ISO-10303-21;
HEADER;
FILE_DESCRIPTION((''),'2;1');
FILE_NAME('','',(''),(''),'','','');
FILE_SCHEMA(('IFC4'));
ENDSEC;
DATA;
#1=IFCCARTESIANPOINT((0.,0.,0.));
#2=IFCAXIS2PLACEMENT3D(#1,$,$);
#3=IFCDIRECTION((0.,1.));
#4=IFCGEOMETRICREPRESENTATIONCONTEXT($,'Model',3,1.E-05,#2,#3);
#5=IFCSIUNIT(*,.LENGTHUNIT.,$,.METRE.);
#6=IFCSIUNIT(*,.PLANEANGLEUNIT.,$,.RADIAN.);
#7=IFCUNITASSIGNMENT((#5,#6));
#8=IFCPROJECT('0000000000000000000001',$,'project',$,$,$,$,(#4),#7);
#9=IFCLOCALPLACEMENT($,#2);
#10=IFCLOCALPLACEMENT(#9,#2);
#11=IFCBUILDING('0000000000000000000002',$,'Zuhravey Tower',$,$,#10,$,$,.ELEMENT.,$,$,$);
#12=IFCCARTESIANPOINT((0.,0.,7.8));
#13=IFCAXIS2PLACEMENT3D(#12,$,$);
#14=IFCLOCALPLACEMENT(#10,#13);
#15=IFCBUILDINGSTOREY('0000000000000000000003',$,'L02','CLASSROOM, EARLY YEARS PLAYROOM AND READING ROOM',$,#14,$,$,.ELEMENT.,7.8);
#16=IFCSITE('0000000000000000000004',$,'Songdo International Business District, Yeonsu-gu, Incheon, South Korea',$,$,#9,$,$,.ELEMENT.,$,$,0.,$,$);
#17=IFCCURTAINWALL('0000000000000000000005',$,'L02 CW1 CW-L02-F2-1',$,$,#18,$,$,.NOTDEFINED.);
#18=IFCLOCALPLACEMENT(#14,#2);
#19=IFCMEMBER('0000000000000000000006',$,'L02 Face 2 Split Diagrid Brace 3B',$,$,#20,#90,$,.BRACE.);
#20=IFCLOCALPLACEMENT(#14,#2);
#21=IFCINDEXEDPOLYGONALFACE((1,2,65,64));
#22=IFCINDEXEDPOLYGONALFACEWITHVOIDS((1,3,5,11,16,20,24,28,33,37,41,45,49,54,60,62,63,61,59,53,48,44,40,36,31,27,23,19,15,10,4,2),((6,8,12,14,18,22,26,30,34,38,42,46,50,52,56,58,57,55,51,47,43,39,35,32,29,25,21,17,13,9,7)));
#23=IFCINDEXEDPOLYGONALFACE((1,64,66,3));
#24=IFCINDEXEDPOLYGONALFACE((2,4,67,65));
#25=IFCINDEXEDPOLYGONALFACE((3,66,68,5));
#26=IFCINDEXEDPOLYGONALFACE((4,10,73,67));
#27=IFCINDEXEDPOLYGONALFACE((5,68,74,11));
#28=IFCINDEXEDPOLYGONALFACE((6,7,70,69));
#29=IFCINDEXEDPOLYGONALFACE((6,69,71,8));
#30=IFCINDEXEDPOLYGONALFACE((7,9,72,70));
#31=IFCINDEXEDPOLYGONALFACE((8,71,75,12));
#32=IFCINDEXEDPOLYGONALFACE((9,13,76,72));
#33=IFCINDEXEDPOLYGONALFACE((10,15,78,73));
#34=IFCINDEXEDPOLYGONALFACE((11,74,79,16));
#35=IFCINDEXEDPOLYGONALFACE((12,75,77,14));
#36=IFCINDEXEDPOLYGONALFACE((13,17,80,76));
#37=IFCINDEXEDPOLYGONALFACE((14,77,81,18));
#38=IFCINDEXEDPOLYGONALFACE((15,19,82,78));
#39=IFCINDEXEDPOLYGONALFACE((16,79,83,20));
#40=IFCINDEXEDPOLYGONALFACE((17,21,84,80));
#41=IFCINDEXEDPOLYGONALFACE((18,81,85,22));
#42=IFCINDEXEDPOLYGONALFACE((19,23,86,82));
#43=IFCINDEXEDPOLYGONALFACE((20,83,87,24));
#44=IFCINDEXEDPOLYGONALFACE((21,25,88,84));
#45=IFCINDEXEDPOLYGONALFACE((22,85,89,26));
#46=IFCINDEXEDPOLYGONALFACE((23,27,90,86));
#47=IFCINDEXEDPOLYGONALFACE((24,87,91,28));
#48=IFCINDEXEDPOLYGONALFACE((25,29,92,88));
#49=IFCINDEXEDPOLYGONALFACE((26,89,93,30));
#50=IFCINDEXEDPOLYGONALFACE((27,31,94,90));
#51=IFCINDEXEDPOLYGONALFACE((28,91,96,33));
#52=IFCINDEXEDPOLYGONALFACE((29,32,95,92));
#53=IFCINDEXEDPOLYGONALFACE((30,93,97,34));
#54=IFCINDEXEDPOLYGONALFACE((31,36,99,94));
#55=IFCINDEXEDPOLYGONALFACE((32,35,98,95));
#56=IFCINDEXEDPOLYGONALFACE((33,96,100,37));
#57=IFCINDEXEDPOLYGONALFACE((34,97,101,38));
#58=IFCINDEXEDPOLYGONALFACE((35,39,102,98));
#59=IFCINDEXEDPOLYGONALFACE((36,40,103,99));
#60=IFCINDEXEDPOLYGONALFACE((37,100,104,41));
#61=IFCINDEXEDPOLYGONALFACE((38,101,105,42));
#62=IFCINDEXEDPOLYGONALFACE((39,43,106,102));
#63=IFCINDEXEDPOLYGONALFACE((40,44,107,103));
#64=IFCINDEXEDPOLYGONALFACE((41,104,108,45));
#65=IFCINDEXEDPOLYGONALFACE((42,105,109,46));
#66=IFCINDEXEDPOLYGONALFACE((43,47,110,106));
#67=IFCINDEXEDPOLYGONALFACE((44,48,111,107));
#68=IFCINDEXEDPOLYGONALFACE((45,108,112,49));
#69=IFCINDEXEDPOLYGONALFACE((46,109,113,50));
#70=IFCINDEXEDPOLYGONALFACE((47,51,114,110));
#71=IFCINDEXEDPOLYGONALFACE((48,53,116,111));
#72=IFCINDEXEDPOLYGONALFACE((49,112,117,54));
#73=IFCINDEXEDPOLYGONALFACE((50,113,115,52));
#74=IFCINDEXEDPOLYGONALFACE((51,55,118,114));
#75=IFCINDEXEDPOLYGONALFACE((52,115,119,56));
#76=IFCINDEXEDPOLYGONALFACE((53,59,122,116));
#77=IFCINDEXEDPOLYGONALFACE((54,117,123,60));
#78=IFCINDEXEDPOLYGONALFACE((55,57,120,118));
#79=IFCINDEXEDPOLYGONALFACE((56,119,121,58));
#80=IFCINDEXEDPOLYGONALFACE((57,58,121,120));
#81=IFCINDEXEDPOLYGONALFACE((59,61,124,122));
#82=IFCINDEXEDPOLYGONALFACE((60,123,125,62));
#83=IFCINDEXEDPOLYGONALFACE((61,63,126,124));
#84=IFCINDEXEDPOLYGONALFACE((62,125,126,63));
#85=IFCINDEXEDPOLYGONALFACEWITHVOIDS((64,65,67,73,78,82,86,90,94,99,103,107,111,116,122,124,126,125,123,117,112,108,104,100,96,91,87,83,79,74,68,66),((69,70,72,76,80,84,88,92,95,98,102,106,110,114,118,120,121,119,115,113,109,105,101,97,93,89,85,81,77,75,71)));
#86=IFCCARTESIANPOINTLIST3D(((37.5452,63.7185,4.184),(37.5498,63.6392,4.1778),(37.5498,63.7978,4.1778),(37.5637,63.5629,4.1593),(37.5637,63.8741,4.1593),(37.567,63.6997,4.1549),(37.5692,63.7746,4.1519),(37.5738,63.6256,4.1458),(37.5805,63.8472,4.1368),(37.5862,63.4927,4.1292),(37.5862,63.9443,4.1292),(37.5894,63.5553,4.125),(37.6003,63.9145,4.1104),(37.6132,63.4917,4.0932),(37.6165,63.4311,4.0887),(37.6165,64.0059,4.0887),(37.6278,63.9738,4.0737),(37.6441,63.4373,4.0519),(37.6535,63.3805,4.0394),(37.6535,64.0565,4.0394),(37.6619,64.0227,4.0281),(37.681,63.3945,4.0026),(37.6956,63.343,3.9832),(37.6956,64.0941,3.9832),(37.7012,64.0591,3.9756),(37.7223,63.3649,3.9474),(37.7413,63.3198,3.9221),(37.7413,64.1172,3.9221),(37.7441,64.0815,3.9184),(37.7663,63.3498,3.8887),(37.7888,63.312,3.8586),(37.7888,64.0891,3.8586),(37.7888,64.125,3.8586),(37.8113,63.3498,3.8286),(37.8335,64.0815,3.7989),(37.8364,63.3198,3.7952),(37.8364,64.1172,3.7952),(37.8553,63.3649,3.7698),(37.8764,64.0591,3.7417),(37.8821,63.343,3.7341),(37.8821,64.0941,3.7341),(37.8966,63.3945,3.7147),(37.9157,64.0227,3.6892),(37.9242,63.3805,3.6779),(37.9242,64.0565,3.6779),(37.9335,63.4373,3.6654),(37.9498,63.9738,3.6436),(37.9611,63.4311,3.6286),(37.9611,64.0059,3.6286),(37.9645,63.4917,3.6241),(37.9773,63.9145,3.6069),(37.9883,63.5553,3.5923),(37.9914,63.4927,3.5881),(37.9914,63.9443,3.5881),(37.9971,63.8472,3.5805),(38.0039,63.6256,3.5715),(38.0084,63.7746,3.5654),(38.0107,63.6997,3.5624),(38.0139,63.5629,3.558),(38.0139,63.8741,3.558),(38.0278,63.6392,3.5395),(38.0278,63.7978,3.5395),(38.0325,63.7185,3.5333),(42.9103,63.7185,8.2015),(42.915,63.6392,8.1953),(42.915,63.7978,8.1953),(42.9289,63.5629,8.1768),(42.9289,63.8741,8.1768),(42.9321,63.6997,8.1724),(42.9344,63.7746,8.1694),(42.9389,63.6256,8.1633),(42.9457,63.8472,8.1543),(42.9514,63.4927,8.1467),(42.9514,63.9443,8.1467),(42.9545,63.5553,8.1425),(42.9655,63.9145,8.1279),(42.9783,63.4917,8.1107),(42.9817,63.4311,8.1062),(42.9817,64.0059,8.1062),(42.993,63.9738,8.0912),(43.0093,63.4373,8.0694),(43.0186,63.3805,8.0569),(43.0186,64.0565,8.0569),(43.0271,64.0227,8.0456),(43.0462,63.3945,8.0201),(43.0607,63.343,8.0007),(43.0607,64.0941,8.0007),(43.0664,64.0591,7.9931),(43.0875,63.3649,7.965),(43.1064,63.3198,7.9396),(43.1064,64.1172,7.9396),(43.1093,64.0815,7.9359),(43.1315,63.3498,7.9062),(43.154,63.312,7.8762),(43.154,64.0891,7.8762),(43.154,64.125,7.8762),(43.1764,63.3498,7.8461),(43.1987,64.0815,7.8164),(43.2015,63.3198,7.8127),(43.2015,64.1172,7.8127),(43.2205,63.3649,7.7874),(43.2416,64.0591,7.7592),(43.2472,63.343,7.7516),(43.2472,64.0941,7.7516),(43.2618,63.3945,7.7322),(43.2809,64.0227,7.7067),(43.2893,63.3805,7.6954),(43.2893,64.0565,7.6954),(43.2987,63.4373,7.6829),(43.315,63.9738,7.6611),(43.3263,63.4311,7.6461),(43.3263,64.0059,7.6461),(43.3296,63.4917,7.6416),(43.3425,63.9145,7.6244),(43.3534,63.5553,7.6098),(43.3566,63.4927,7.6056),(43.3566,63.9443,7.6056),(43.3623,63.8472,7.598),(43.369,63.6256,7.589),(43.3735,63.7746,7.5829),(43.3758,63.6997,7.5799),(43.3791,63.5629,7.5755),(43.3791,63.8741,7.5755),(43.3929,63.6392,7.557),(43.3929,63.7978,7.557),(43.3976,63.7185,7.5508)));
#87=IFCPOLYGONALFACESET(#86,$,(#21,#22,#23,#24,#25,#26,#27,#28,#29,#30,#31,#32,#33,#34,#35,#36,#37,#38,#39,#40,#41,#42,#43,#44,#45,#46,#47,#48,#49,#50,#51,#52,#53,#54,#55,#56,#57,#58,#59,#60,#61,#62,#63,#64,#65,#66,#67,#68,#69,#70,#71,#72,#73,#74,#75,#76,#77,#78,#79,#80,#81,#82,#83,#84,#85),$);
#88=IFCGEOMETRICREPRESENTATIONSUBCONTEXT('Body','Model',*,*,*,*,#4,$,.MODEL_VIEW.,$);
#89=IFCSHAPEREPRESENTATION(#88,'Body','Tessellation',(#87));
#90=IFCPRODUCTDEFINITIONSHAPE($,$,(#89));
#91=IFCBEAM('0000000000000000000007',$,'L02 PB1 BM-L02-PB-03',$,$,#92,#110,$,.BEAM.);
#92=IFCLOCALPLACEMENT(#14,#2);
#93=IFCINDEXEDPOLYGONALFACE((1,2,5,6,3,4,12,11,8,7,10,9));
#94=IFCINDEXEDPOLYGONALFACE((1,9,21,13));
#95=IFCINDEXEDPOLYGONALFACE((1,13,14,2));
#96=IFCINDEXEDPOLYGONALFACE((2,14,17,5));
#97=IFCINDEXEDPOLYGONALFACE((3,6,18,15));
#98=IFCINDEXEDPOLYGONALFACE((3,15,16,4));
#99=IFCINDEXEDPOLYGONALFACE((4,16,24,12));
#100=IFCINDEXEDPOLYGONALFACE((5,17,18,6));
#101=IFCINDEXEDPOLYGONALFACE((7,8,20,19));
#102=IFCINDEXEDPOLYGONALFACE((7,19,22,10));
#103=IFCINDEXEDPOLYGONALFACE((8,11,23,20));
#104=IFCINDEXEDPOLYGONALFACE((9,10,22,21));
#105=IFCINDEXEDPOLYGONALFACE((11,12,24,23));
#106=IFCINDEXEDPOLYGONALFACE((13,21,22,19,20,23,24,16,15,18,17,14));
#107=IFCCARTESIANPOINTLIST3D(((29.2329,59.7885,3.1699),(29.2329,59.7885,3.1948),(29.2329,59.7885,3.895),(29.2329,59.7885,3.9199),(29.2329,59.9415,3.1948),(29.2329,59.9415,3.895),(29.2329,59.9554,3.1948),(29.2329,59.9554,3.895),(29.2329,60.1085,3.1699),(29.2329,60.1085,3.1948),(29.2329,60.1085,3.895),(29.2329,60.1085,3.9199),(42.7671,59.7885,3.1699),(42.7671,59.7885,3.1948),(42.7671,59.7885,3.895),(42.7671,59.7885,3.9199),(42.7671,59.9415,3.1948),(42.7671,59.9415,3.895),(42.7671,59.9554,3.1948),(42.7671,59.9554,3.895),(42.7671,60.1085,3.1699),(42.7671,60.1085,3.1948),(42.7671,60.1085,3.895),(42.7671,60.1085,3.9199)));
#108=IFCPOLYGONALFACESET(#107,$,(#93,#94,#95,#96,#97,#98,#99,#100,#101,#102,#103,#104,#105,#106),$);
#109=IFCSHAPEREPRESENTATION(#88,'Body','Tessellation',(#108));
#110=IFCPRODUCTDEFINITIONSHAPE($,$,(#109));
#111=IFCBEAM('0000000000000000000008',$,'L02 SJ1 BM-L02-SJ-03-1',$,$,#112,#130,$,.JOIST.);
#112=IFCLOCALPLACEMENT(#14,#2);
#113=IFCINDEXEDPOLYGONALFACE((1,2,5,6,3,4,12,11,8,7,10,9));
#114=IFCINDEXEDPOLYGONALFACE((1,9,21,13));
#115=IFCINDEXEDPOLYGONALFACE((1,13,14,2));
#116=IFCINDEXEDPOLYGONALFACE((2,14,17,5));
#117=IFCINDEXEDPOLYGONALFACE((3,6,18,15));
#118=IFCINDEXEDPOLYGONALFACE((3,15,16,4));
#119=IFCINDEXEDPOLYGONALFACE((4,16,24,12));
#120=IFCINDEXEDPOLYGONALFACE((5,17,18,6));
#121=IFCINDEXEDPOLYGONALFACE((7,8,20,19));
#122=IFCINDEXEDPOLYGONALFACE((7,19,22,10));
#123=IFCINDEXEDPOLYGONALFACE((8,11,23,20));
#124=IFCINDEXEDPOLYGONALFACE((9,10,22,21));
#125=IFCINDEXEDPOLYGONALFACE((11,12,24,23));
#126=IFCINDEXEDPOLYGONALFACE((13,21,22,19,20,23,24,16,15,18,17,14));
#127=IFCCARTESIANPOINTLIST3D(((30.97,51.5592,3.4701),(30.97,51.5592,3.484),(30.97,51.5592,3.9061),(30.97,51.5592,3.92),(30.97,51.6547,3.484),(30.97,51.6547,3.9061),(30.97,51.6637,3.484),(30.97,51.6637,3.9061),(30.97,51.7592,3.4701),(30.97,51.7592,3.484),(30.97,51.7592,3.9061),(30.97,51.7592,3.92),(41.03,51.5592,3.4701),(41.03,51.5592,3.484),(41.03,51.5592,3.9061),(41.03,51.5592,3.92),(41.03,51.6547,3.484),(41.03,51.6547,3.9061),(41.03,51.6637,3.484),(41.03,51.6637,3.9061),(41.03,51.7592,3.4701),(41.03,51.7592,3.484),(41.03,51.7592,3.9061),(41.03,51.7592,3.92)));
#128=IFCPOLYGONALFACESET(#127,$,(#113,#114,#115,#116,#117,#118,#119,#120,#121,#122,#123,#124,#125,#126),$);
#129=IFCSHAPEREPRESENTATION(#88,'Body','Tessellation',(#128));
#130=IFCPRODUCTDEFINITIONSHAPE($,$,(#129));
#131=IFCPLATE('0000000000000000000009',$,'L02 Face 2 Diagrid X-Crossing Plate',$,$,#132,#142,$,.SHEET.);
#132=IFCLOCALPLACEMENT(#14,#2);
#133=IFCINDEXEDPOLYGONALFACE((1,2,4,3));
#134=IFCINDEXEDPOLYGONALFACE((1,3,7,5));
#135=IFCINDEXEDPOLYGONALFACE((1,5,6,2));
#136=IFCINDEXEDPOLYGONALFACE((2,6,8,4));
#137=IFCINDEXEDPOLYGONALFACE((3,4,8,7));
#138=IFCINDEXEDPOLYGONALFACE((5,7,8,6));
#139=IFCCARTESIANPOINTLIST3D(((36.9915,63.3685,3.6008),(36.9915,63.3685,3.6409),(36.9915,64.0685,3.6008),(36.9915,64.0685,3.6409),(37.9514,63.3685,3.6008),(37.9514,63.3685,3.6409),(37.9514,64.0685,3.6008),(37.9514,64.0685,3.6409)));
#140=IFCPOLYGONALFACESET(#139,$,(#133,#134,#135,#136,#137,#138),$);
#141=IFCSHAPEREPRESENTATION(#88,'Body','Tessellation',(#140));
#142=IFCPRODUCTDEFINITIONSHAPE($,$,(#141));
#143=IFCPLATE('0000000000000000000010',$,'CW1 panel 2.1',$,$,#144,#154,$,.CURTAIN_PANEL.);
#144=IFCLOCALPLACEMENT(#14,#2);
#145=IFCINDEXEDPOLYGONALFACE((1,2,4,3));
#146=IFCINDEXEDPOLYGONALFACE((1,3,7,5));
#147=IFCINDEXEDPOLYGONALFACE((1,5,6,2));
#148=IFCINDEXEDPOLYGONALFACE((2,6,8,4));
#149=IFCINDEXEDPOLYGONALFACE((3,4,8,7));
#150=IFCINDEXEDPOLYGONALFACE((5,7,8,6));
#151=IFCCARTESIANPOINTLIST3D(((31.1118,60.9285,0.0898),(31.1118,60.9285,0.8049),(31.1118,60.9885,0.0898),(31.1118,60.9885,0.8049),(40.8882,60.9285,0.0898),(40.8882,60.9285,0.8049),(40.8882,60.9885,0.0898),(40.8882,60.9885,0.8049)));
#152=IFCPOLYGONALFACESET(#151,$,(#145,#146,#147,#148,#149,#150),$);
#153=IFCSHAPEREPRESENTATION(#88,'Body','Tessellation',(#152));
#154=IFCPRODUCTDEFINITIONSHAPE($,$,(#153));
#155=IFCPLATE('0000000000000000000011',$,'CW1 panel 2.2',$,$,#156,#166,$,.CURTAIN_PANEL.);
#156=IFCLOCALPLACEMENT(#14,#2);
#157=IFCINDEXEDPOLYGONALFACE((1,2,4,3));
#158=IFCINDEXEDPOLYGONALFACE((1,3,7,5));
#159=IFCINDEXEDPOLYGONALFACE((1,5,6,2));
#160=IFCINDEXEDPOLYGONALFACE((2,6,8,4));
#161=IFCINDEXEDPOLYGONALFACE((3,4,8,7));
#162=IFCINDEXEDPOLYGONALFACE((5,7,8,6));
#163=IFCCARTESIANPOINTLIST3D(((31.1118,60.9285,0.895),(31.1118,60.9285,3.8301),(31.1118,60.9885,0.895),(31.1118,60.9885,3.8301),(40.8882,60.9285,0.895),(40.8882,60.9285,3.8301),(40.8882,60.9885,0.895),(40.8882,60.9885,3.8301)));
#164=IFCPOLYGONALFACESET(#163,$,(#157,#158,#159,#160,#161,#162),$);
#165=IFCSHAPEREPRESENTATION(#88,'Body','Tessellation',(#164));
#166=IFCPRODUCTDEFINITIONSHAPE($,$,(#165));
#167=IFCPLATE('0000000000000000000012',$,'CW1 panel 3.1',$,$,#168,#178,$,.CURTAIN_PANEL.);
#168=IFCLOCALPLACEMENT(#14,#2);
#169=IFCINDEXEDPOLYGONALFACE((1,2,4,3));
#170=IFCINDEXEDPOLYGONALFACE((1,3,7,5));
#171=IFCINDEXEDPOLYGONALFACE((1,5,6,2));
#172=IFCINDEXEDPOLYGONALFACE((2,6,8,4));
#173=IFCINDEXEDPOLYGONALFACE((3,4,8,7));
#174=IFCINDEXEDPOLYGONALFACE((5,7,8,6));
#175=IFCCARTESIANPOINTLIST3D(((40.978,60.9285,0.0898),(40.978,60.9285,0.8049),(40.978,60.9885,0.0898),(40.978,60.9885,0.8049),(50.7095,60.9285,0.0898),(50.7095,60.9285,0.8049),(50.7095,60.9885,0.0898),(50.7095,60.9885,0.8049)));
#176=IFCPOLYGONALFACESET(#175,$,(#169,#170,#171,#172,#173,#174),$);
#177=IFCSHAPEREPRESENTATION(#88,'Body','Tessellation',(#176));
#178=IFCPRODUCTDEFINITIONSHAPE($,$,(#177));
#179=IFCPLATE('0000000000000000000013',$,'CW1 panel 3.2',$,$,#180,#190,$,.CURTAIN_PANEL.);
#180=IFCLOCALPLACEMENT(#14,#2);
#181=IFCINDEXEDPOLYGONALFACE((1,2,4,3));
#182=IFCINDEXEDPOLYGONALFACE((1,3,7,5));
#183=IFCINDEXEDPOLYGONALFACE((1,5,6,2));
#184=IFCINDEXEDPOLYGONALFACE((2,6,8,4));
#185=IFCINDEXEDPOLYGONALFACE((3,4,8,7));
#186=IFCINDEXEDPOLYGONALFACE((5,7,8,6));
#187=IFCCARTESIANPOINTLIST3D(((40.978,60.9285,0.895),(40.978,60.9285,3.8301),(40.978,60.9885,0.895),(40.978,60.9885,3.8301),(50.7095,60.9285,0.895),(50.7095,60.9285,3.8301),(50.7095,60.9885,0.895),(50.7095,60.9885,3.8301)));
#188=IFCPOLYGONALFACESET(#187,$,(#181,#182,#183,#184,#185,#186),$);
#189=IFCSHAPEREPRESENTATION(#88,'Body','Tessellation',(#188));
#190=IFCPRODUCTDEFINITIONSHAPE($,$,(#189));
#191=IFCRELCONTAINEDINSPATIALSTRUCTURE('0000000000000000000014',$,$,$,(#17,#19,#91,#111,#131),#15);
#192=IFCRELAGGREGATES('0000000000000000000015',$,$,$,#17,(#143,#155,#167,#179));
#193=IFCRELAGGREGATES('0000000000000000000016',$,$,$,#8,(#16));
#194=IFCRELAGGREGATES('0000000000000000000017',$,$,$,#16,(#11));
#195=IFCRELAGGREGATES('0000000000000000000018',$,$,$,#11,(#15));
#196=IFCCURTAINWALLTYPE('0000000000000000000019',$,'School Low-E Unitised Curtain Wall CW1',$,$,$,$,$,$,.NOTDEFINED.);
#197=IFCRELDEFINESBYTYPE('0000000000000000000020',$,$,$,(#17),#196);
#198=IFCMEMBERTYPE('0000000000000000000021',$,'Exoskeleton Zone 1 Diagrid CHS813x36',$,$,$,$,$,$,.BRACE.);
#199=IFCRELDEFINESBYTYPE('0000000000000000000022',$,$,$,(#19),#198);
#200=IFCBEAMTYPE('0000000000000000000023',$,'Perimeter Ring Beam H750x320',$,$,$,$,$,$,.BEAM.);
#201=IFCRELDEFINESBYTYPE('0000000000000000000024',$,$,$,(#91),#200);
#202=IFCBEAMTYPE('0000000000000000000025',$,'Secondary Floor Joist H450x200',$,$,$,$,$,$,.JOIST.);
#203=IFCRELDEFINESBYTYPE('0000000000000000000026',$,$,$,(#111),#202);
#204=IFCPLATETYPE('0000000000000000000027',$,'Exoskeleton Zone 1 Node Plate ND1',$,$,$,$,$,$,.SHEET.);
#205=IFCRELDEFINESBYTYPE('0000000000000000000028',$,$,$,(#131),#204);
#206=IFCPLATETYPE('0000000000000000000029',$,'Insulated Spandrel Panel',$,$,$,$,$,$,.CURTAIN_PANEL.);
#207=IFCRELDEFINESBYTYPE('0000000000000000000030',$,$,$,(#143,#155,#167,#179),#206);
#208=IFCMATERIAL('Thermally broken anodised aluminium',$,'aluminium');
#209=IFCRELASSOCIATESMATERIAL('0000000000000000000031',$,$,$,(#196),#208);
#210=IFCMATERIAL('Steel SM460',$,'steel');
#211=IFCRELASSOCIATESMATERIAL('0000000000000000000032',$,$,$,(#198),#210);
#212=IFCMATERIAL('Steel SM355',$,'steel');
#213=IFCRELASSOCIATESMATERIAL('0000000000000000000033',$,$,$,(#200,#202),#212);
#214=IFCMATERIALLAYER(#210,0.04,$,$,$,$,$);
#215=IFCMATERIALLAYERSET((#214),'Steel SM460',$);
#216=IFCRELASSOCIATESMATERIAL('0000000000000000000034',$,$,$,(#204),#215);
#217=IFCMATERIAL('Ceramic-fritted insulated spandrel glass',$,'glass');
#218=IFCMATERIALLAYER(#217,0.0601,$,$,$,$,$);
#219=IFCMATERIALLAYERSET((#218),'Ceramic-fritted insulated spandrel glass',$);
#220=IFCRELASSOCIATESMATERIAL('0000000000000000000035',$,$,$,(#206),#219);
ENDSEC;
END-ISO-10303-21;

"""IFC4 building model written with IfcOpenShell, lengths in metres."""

from ifc_helpers import new_model, si_unit, direction, frame, origin, origin_2d, place, context, subcontext, project, spatial, rectangle, hollow_circle, i_section, extrude, material, layer, layer_set, material_profile, profile_set, type_object, element, aggregate, save


model = new_model("IFC4")

# Units and contexts
model_context = context("Model", 3, precision=1e-05, world=origin(), true_north=direction((0.0, 1.0)))
body_context = subcontext(model_context, "Body", "Model", "MODEL_VIEW")
ifc_project = project(units=[si_unit("LENGTHUNIT", "METRE"), si_unit("PLANEANGLEUNIT", "RADIAN")], contexts=[model_context])

# Site, building, storey
site_placement = place(None, origin())
site = spatial("IfcSite", under=ifc_project, at=site_placement, Name="Songdo International Business District, Yeonsu-gu, Incheon, South Korea", CompositionType="ELEMENT", RefElevation=0.0)
building_placement = place(site_placement, origin())
building = spatial("IfcBuilding", under=site, at=building_placement, Name="Zuhravey Tower", CompositionType="ELEMENT")
storey_placement = place(building_placement, frame((0.0, 0.0, 7.8)))
storey = spatial("IfcBuildingStorey", under=building, at=storey_placement, Name="L02", Description="CLASSROOM, EARLY YEARS PLAYROOM AND READING ROOM", CompositionType="ELEMENT", Elevation=7.8)

# Curtain wall
ifc_material_1 = material(Name="Thermally broken anodised aluminium", Category="aluminium")
curtain_wall_type = type_object("IfcCurtainWallType", Name="School Low-E Unitised Curtain Wall CW1", PredefinedType="NOTDEFINED", material=ifc_material_1)
curtain_wall_placement = place(storey_placement, origin())
curtain_wall = element("IfcCurtainWall", 1, at=curtain_wall_placement, inside=storey, type_object=curtain_wall_type, Name="L02 CW1 CW-L02-F2-1", PredefinedType="NOTDEFINED")

# Member
ifc_material_2 = material(Name="Steel SM355", Category="steel")
ifc_material_3 = material(Name="Steel SM460", Category="steel")
ifc_material_profile_1 = material_profile(ifc_material_3, hollow_circle(Radius=0.4065, WallThickness=0.0359, at=origin_2d()), Name="CHS-812.8x36")
ifc_profile_set_1 = profile_set([ifc_material_profile_1], Name="Steel SM460")
member_type_1 = type_object("IfcMemberType", Name="Exoskeleton Zone 1 Diagrid CHS813x36", PredefinedType="BRACE", material=ifc_profile_set_1)
member_1_placement = place(storey_placement, frame((37.7888, 63.7185, 3.8586), z_axis=(0.800454, 0.0, 0.599394), x_axis=(0.0, 1.0, 0.0)))
element("IfcMember", 2, at=member_1_placement, inside=storey, type_object=member_type_1, Name="L02 Face 2 Split Diagrid Brace 3B", PredefinedType="BRACE", context=body_context, shape_type="SweptSolid", body=[
    extrude(hollow_circle(Radius=0.4065, WallThickness=0.0359, at=origin_2d()), origin(), (0.0, 0.0, 1.0), 6.7026),
])

# Beams
ifc_material_profile_2 = material_profile(ifc_material_2, i_section(OverallWidth=0.3201, OverallDepth=0.75, WebThickness=0.0139, FlangeThickness=0.0249, at=origin_2d()), Name="H-750x320x14x25")
ifc_profile_set_2 = profile_set([ifc_material_profile_2], Name="Steel SM355")
beam_type_1 = type_object("IfcBeamType", Name="Perimeter Ring Beam H750x320", PredefinedType="BEAM", material=ifc_profile_set_2)
beam_1_placement = place(storey_placement, frame((42.7671, 59.9485, 3.5449), z_axis=(-1.0, 0.0, 0.0), x_axis=(0.0, -1.0, 0.0)))
element("IfcBeam", 3, at=beam_1_placement, inside=storey, type_object=beam_type_1, Name="L02 PB1 BM-L02-PB-03", PredefinedType="BEAM", context=body_context, shape_type="SweptSolid", body=[
    extrude(i_section(OverallWidth=0.3201, OverallDepth=0.75, WebThickness=0.0139, FlangeThickness=0.0249, at=origin_2d()), origin(), (0.0, 0.0, 1.0), 13.5342),
])
ifc_material_profile_3 = material_profile(ifc_material_2, i_section(OverallWidth=0.2, OverallDepth=0.45, WebThickness=0.009, FlangeThickness=0.0139, at=origin_2d()), Name="H-450x200x9x14")
ifc_profile_set_3 = profile_set([ifc_material_profile_3], Name="Steel SM355")
beam_type_2 = type_object("IfcBeamType", Name="Secondary Floor Joist H450x200", PredefinedType="JOIST", material=ifc_profile_set_3)
beam_2_placement = place(storey_placement, frame((41.03, 51.6592, 3.6951), z_axis=(-1.0, 0.0, 0.0), x_axis=(0.0, -1.0, 0.0)))
element("IfcBeam", 4, at=beam_2_placement, inside=storey, type_object=beam_type_2, Name="L02 SJ1 BM-L02-SJ-03-1", PredefinedType="JOIST", context=body_context, shape_type="SweptSolid", body=[
    extrude(i_section(OverallWidth=0.2, OverallDepth=0.45, WebThickness=0.009, FlangeThickness=0.0139, at=origin_2d()), origin(), (0.0, 0.0, 1.0), 10.0601),
])

# Plates
ifc_layer_1 = layer(ifc_material_3, 0.04)
ifc_layer_set_1 = layer_set([ifc_layer_1], Name="Steel SM460")
plate_type_1 = type_object("IfcPlateType", Name="Exoskeleton Zone 1 Node Plate ND1", PredefinedType="SHEET", material=ifc_layer_set_1)
plate_1_placement = place(storey_placement, frame((37.4714, 63.7185, 3.6008), z_axis=(0.0, 0.0, 1.0), x_axis=(-1.0, 0.0, 0.0)))
element("IfcPlate", 5, at=plate_1_placement, inside=storey, type_object=plate_type_1, Name="L02 Face 2 Diagrid X-Crossing Plate", PredefinedType="SHEET", context=body_context, shape_type="SweptSolid", body=[
    extrude(rectangle(XDim=0.96, YDim=0.7, at=origin_2d()), origin(), (0.0, 0.0, 1.0), 0.04),
])
ifc_material_4 = material(Name="Ceramic-fritted insulated spandrel glass", Category="glass")
ifc_layer_2 = layer(ifc_material_4, 0.0601)
ifc_layer_set_2 = layer_set([ifc_layer_2], Name="Ceramic-fritted insulated spandrel glass")
plate_type_2 = type_object("IfcPlateType", Name="Insulated Spandrel Panel", PredefinedType="CURTAIN_PANEL", material=ifc_layer_set_2)
plate_2_placement = place(storey_placement, frame((36.0, 60.9585, 0.0898), z_axis=(0.0, 0.0, 1.0), x_axis=(1.0, 0.0, 0.0)))
plate_2 = element("IfcPlate", 6, at=plate_2_placement, type_object=plate_type_2, Name="CW1 panel 2.1", PredefinedType="CURTAIN_PANEL", context=body_context, shape_type="SweptSolid", body=[
    extrude(rectangle(XDim=9.7764, YDim=0.0601, at=origin_2d()), origin(), (0.0, 0.0, 1.0), 0.7151),
])
plate_3_placement = place(storey_placement, frame((36.0, 60.9585, 0.895), z_axis=(0.0, 0.0, 1.0), x_axis=(1.0, 0.0, 0.0)))
plate_3 = element("IfcPlate", 7, at=plate_3_placement, type_object=plate_type_2, Name="CW1 panel 2.2", PredefinedType="CURTAIN_PANEL", context=body_context, shape_type="SweptSolid", body=[
    extrude(rectangle(XDim=9.7764, YDim=0.0601, at=origin_2d()), origin(), (0.0, 0.0, 1.0), 2.9351),
])
plate_4_placement = place(storey_placement, frame((45.8438, 60.9585, 0.0898), z_axis=(0.0, 0.0, 1.0), x_axis=(1.0, 0.0, 0.0)))
plate_4 = element("IfcPlate", 8, at=plate_4_placement, type_object=plate_type_2, Name="CW1 panel 3.1", PredefinedType="CURTAIN_PANEL", context=body_context, shape_type="SweptSolid", body=[
    extrude(rectangle(XDim=9.7314, YDim=0.0601, at=origin_2d()), origin(), (0.0, 0.0, 1.0), 0.7151),
])
plate_5_placement = place(storey_placement, frame((45.8438, 60.9585, 0.895), z_axis=(0.0, 0.0, 1.0), x_axis=(1.0, 0.0, 0.0)))
plate_5 = element("IfcPlate", 9, at=plate_5_placement, type_object=plate_type_2, Name="CW1 panel 3.2", PredefinedType="CURTAIN_PANEL", context=body_context, shape_type="SweptSolid", body=[
    extrude(rectangle(XDim=9.7314, YDim=0.0601, at=origin_2d()), origin(), (0.0, 0.0, 1.0), 2.9351),
])
aggregate(curtain_wall, [plate_2, plate_3, plate_4, plate_5])

save(model, "model.ifc")
